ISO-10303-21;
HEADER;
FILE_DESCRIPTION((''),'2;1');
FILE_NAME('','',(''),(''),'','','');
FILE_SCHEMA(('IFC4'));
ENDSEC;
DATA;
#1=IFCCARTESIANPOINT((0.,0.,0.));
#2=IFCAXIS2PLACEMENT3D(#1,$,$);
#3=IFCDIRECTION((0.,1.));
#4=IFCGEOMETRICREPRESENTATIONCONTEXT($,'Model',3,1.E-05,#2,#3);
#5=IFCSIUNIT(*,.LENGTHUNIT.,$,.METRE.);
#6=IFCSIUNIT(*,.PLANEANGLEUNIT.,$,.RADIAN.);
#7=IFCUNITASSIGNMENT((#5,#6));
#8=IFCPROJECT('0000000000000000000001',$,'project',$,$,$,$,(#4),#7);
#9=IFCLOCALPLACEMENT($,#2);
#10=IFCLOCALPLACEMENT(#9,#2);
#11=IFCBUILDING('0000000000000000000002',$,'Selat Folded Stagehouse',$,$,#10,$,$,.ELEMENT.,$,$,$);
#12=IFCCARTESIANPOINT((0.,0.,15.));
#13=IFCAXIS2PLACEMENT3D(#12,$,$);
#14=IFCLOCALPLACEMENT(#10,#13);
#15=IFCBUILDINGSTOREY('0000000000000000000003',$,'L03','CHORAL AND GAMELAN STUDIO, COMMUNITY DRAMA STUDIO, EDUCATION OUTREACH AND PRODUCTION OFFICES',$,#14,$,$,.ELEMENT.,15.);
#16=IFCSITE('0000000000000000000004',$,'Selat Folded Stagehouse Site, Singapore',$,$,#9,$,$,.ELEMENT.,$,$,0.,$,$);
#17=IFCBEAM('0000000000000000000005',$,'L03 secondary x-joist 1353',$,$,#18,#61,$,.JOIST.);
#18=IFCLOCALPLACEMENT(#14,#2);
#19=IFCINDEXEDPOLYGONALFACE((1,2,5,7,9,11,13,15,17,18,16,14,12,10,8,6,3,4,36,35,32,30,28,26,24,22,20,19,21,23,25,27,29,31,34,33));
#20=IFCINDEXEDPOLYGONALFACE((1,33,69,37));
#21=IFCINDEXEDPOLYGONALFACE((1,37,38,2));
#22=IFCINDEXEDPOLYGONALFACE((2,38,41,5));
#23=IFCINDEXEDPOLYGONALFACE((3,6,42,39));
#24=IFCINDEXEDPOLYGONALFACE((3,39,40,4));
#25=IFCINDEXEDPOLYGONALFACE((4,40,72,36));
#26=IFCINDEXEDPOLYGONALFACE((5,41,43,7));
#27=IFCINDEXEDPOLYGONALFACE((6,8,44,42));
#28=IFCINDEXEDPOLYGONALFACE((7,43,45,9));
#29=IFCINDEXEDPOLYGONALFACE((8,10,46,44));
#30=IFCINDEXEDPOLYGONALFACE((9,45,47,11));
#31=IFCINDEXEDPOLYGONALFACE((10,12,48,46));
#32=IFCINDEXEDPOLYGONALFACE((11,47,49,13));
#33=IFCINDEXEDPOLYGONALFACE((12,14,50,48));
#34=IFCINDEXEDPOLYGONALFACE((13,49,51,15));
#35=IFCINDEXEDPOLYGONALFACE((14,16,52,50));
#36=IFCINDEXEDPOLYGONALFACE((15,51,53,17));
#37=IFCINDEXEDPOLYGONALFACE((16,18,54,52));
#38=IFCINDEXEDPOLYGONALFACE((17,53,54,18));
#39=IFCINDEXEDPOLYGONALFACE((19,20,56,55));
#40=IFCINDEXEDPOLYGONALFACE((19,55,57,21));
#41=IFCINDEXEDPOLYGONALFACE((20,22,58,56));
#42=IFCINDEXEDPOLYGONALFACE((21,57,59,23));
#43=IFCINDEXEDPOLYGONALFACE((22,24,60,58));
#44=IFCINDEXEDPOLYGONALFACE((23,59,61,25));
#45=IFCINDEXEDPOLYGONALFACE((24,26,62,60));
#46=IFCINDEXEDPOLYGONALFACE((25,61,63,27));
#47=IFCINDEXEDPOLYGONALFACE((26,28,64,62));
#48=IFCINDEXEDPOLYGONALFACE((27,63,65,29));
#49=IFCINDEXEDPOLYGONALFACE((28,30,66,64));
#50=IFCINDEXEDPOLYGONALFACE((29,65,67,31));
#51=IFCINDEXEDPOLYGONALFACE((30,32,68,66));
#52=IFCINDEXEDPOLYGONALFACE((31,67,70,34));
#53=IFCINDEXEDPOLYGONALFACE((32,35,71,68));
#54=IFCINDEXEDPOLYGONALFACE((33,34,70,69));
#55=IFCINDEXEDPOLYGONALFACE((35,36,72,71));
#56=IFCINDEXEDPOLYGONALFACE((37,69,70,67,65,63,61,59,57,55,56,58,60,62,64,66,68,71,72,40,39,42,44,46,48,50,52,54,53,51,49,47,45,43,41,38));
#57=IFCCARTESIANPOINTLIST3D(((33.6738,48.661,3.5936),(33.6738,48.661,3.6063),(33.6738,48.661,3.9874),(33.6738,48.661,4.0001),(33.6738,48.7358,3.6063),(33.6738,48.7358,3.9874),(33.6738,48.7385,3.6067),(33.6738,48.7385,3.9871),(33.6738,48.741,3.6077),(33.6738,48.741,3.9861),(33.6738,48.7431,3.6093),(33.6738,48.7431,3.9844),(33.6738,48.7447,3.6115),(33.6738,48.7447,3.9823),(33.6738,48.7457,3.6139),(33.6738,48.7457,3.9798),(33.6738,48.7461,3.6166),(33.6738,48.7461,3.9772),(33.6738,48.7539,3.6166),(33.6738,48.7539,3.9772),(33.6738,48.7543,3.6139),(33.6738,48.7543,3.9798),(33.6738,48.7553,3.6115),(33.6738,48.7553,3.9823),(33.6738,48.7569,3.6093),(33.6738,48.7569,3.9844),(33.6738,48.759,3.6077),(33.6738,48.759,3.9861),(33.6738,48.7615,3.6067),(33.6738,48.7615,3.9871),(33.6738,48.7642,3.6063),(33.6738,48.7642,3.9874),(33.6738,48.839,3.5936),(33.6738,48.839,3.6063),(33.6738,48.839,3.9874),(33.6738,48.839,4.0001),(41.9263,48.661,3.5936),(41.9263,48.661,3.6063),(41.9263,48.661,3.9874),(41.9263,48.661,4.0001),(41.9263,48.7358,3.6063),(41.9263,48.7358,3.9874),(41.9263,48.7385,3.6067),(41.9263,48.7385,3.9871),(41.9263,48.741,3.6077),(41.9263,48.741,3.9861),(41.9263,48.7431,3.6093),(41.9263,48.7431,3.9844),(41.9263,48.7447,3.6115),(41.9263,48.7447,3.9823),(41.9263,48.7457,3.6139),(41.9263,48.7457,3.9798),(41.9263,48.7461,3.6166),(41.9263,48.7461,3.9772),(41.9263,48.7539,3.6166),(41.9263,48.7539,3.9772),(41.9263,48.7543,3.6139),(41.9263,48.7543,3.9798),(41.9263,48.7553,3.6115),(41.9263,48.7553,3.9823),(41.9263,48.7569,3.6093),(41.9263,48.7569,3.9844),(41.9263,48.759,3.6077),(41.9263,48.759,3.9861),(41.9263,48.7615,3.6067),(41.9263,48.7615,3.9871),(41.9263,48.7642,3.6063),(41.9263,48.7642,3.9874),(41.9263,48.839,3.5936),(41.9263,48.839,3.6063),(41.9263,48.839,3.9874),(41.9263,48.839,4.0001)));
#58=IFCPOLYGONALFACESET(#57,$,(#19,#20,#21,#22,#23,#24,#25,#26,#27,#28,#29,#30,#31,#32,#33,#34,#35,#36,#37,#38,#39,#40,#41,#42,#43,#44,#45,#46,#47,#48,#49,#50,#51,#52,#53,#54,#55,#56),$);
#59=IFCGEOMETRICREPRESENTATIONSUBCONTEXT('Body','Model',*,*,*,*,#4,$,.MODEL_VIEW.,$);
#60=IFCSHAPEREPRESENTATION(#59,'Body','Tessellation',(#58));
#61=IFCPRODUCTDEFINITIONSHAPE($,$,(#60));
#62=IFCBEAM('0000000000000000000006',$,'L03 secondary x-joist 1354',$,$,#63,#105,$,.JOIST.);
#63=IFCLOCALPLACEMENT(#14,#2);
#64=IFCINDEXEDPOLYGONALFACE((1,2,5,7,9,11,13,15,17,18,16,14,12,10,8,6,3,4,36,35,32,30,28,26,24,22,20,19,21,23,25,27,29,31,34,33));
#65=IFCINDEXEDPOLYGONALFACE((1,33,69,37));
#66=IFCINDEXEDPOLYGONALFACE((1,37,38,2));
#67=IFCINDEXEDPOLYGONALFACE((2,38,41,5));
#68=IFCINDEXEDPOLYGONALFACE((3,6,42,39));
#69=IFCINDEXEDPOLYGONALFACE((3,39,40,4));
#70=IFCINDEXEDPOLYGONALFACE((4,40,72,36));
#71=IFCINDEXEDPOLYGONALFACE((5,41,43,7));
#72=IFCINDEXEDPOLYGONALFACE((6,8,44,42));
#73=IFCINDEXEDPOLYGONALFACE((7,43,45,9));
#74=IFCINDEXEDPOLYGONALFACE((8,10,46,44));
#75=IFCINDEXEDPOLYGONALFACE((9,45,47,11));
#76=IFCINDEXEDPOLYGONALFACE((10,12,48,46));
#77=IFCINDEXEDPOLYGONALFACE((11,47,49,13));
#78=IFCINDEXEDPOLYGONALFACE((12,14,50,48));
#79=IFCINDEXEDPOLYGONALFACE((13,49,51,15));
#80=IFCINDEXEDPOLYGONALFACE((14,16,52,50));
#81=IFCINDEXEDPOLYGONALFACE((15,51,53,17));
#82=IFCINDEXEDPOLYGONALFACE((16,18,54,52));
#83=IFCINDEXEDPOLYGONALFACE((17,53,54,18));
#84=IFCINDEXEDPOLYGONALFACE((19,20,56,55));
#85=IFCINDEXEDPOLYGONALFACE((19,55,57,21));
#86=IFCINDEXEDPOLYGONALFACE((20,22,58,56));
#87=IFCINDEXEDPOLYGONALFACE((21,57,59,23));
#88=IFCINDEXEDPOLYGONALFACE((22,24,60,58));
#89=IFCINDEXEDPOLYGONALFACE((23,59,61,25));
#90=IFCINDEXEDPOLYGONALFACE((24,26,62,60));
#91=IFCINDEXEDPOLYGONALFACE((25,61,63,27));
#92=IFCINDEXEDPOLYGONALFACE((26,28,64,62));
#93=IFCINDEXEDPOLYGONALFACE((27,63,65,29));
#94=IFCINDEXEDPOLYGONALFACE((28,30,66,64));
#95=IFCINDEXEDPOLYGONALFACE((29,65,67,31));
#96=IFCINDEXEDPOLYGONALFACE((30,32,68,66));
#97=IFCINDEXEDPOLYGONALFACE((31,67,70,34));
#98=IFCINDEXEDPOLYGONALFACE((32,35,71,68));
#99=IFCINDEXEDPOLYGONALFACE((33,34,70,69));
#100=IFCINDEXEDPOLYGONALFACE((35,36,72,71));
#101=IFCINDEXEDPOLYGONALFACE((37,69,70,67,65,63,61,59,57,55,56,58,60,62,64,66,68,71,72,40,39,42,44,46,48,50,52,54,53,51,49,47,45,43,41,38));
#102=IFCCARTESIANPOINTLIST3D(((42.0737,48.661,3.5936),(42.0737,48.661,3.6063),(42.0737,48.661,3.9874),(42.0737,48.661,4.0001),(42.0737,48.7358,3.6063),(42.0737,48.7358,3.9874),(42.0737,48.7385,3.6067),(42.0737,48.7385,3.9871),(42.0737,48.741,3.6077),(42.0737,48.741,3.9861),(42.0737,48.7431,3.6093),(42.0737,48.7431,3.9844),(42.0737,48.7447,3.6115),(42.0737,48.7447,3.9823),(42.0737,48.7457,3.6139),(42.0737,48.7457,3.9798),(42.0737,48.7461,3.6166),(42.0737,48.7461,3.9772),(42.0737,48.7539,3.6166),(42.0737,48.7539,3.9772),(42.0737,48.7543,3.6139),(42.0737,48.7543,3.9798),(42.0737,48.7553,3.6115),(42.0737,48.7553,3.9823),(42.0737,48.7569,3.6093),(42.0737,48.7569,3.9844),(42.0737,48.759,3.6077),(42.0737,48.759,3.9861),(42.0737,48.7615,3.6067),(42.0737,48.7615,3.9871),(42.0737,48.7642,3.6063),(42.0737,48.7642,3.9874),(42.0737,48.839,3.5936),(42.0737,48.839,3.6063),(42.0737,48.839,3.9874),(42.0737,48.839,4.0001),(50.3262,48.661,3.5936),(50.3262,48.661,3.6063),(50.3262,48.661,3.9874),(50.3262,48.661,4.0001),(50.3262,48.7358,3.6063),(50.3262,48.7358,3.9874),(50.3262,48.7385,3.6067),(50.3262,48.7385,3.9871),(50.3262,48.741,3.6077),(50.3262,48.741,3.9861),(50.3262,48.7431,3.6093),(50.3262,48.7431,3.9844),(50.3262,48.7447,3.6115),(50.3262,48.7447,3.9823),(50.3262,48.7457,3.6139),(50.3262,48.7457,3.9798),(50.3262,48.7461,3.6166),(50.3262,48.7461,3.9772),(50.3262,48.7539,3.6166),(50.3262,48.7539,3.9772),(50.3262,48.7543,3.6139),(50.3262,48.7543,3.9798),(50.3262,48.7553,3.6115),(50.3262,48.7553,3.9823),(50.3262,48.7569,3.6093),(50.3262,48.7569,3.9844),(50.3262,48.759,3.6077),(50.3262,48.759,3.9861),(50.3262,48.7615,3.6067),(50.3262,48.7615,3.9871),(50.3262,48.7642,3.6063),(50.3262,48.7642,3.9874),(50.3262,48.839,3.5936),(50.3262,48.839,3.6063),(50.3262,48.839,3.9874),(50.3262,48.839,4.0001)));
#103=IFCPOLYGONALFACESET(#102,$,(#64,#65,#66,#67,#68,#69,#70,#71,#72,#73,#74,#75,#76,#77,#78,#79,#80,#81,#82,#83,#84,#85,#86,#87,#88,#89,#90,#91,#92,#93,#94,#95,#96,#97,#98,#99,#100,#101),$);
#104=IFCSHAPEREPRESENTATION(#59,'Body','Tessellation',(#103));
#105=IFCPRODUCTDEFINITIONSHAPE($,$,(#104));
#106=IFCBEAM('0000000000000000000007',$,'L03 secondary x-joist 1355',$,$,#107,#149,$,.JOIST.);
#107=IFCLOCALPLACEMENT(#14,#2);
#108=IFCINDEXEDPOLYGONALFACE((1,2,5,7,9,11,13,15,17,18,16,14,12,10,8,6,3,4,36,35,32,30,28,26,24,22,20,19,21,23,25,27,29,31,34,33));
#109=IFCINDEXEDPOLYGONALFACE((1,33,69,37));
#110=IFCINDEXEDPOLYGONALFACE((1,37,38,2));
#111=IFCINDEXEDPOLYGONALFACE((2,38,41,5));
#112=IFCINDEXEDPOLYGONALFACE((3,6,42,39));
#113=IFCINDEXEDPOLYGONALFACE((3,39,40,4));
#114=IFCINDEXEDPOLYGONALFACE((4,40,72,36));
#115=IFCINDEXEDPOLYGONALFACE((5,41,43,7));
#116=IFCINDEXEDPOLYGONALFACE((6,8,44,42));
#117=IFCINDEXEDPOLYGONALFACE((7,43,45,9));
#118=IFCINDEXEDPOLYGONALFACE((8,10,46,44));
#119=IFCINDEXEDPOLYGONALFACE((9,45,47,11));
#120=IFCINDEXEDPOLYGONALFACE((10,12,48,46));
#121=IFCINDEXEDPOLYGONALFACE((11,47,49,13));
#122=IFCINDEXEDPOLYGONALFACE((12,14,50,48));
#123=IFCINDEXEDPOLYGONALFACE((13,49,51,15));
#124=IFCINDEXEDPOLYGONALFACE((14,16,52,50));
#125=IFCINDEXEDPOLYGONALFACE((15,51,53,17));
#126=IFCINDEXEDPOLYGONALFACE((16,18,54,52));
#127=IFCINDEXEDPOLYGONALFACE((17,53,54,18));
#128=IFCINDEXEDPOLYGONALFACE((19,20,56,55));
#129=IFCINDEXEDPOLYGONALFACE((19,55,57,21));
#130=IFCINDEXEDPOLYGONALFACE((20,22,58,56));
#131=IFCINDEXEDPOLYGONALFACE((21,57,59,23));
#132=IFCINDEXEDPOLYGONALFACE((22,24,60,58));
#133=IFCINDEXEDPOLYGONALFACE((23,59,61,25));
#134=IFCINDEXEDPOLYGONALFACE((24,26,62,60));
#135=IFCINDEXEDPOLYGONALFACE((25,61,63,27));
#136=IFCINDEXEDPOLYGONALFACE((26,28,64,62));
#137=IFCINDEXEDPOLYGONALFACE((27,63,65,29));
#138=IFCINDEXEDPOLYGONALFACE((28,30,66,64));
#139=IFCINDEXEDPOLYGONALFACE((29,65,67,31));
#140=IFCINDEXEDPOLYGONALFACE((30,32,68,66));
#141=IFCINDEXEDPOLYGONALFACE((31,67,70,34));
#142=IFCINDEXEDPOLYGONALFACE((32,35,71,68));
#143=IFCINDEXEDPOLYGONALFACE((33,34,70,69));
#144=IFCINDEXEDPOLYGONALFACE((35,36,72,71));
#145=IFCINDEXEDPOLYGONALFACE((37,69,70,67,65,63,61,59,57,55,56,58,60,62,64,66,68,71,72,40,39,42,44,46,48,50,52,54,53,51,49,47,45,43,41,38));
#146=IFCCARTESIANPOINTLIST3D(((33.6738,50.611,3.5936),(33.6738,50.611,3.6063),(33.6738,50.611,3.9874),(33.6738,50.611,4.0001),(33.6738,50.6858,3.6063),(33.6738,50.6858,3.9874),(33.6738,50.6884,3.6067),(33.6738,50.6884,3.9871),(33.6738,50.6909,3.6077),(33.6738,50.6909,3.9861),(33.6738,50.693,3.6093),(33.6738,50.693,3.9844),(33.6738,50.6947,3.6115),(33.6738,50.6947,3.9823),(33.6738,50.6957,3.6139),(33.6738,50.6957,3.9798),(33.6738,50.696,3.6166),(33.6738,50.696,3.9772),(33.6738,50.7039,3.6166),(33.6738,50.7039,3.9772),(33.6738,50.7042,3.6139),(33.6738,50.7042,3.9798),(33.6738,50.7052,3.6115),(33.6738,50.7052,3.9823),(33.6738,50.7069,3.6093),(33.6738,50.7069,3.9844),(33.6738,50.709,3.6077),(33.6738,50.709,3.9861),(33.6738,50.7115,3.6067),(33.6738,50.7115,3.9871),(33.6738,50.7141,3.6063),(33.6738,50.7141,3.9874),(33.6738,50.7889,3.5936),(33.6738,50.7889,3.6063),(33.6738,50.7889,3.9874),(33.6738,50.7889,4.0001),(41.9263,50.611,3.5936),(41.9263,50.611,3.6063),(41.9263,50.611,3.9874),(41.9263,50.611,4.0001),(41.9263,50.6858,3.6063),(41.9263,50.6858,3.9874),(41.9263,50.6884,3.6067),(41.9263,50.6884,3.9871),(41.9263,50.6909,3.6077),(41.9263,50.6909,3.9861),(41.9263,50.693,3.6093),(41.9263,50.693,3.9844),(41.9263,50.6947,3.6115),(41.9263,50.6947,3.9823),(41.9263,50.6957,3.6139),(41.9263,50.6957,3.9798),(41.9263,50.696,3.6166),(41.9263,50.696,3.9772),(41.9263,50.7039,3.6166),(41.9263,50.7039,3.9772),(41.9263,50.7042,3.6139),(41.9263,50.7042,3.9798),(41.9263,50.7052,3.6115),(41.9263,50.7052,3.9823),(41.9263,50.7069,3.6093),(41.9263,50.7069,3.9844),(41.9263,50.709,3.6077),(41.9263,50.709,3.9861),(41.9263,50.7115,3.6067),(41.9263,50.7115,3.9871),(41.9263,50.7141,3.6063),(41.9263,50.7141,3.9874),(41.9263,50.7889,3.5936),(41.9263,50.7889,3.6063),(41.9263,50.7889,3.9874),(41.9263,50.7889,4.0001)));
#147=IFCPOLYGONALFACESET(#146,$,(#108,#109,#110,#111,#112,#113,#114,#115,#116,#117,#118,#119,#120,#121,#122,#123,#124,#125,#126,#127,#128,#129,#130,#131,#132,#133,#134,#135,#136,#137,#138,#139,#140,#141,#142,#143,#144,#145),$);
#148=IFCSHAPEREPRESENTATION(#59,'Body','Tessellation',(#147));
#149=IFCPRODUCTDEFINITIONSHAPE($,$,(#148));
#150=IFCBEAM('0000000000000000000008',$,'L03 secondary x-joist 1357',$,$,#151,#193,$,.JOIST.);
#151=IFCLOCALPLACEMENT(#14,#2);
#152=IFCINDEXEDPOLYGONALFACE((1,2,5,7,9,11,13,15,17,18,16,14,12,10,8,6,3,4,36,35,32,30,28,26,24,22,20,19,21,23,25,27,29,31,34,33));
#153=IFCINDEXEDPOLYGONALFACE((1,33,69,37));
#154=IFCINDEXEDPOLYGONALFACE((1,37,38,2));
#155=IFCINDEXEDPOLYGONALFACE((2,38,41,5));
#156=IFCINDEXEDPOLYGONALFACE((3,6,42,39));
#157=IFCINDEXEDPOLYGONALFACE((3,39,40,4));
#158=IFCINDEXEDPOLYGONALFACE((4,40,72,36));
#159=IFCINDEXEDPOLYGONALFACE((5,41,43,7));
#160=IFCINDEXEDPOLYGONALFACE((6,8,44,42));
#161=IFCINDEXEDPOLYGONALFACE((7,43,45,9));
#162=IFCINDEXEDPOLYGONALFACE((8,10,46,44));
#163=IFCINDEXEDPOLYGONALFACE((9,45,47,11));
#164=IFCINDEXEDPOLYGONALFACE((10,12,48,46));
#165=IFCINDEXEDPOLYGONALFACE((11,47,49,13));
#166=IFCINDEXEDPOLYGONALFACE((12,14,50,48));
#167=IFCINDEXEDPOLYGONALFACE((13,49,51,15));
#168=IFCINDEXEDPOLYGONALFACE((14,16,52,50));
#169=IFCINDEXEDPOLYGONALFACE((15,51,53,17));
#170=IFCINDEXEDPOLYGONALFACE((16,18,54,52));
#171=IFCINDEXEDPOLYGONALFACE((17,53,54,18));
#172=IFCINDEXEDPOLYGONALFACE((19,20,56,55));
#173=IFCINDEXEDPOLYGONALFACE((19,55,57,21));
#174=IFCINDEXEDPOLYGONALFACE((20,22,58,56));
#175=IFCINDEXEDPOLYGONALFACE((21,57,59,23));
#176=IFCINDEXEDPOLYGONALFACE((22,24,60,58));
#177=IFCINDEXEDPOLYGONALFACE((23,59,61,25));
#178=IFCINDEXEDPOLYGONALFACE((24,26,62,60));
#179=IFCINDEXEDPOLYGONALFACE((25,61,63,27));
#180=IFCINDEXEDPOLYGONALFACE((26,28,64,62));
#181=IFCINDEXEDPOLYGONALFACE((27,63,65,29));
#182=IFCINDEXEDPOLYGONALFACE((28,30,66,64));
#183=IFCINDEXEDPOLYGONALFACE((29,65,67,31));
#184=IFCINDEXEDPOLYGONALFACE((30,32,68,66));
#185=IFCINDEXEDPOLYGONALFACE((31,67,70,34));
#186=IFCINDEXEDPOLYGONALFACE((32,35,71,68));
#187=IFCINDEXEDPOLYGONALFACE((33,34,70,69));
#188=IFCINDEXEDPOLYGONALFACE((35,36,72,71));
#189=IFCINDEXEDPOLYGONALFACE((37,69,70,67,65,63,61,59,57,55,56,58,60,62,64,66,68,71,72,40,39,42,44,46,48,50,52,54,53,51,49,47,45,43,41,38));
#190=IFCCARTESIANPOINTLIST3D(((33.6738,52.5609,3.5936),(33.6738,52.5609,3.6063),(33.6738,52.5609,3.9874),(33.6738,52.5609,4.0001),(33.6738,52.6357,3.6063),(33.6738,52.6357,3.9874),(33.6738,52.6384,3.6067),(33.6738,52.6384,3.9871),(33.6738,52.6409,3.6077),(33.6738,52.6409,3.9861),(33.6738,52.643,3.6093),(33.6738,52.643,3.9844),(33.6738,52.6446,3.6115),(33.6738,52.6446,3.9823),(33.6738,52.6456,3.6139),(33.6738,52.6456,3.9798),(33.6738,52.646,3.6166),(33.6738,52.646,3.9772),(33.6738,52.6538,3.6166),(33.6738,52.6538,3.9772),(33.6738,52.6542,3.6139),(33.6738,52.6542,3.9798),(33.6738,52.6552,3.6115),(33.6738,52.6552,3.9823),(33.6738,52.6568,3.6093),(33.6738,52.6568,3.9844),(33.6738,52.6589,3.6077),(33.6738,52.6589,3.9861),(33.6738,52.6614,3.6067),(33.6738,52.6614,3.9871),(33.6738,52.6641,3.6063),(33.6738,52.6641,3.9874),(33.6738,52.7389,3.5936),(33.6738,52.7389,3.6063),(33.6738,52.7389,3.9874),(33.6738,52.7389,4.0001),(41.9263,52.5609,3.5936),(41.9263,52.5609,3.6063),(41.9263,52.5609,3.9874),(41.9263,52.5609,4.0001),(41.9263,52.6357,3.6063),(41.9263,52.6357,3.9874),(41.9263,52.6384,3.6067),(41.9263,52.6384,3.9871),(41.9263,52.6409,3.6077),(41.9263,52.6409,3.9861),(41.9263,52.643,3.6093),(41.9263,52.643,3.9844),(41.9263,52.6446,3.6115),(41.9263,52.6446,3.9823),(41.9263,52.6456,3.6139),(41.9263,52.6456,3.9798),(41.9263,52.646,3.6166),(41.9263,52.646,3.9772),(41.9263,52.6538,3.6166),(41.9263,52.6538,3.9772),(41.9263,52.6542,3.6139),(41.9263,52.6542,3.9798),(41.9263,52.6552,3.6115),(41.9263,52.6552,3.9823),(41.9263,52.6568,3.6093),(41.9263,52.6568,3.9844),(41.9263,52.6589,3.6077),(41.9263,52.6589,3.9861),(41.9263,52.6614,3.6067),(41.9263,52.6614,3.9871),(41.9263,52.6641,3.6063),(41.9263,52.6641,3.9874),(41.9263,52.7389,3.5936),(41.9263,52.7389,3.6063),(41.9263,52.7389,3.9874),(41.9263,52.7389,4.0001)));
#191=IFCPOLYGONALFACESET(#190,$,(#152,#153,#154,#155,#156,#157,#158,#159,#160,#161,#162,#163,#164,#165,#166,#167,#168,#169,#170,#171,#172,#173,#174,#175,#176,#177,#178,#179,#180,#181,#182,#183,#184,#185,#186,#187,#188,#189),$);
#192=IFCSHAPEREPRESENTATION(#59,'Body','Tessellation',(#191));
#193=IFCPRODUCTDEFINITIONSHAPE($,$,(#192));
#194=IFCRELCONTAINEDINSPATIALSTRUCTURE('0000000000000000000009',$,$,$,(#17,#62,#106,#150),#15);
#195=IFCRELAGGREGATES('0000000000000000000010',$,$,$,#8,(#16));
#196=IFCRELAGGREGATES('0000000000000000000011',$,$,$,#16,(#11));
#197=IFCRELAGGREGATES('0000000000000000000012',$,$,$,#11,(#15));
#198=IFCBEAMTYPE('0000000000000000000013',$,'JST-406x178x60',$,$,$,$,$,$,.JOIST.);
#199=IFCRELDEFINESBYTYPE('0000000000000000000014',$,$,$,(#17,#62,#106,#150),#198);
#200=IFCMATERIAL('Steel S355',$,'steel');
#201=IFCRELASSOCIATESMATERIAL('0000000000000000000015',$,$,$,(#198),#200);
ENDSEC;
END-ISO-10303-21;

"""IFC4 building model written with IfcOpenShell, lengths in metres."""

from ifc_helpers import new_model, si_unit, direction, frame, origin, origin_2d, place, context, subcontext, project, spatial, i_section, extrude, material, material_profile, profile_set, type_object, element, save


model = new_model("IFC4")

# Units and contexts
model_context = context("Model", 3, precision=1e-05, world=origin(), true_north=direction((0.0, 1.0)))
body_context = subcontext(model_context, "Body", "Model", "MODEL_VIEW")
ifc_project = project(units=[si_unit("LENGTHUNIT", "METRE"), si_unit("PLANEANGLEUNIT", "RADIAN")], contexts=[model_context])

# Site, building, storey
site_placement = place(None, origin())
site = spatial("IfcSite", under=ifc_project, at=site_placement, Name="Selat Folded Stagehouse Site, Singapore", CompositionType="ELEMENT", RefElevation=0.0)
building_placement = place(site_placement, origin())
building = spatial("IfcBuilding", under=site, at=building_placement, Name="Selat Folded Stagehouse", CompositionType="ELEMENT")
storey_placement = place(building_placement, frame((0.0, 0.0, 15.0)))
storey = spatial("IfcBuildingStorey", under=building, at=storey_placement, Name="L03", Description="CHORAL AND GAMELAN STUDIO, COMMUNITY DRAMA STUDIO, EDUCATION OUTREACH AND PRODUCTION OFFICES", CompositionType="ELEMENT", Elevation=15.0)

# Shared definitions
ifc_material_1 = material(Name="Steel S355", Category="steel")

# Beams
ifc_material_profile_1 = material_profile(ifc_material_1, i_section(OverallWidth=0.178, OverallDepth=0.4065, WebThickness=0.0078, FlangeThickness=0.0127, FilletRadius=0.0103, at=origin_2d()), Name="UKB 406x178x60")
ifc_profile_set_1 = profile_set([ifc_material_profile_1], Name="Steel S355")
beam_type_1 = type_object("IfcBeamType", Name="JST-406x178x60", PredefinedType="JOIST", material=ifc_profile_set_1)
for number, where, z_axis, x_axis, name in (
    (1, (33.6738, 48.75, 3.7969), (1.0, 0.0, 0.0), (0.0, 1.0, 0.0), "L03 secondary x-joist 1353"),
    (2, (42.0737, 48.75, 3.7969), (1.0, 0.0, 0.0), (0.0, 1.0, 0.0), "L03 secondary x-joist 1354"),
    (3, (33.6738, 50.7, 3.7969), (1.0, 0.0, 0.0), (0.0, 1.0, 0.0), "L03 secondary x-joist 1355"),
    (4, (33.6738, 52.6499, 3.7969), (1.0, 0.0, 0.0), (0.0, 1.0, 0.0), "L03 secondary x-joist 1357"),
):
    element("IfcBeam", number, at=place(storey_placement, frame(where, z_axis=z_axis, x_axis=x_axis)), inside=storey, type_object=beam_type_1, Name=name, PredefinedType="JOIST", context=body_context, shape_type="SweptSolid", body=[
        extrude(i_section(OverallWidth=0.178, OverallDepth=0.4065, WebThickness=0.0078, FlangeThickness=0.0127, FilletRadius=0.0103, at=origin_2d()), origin(), (0.0, 0.0, 1.0), 8.2524),
    ])

save(model, "model.ifc")
